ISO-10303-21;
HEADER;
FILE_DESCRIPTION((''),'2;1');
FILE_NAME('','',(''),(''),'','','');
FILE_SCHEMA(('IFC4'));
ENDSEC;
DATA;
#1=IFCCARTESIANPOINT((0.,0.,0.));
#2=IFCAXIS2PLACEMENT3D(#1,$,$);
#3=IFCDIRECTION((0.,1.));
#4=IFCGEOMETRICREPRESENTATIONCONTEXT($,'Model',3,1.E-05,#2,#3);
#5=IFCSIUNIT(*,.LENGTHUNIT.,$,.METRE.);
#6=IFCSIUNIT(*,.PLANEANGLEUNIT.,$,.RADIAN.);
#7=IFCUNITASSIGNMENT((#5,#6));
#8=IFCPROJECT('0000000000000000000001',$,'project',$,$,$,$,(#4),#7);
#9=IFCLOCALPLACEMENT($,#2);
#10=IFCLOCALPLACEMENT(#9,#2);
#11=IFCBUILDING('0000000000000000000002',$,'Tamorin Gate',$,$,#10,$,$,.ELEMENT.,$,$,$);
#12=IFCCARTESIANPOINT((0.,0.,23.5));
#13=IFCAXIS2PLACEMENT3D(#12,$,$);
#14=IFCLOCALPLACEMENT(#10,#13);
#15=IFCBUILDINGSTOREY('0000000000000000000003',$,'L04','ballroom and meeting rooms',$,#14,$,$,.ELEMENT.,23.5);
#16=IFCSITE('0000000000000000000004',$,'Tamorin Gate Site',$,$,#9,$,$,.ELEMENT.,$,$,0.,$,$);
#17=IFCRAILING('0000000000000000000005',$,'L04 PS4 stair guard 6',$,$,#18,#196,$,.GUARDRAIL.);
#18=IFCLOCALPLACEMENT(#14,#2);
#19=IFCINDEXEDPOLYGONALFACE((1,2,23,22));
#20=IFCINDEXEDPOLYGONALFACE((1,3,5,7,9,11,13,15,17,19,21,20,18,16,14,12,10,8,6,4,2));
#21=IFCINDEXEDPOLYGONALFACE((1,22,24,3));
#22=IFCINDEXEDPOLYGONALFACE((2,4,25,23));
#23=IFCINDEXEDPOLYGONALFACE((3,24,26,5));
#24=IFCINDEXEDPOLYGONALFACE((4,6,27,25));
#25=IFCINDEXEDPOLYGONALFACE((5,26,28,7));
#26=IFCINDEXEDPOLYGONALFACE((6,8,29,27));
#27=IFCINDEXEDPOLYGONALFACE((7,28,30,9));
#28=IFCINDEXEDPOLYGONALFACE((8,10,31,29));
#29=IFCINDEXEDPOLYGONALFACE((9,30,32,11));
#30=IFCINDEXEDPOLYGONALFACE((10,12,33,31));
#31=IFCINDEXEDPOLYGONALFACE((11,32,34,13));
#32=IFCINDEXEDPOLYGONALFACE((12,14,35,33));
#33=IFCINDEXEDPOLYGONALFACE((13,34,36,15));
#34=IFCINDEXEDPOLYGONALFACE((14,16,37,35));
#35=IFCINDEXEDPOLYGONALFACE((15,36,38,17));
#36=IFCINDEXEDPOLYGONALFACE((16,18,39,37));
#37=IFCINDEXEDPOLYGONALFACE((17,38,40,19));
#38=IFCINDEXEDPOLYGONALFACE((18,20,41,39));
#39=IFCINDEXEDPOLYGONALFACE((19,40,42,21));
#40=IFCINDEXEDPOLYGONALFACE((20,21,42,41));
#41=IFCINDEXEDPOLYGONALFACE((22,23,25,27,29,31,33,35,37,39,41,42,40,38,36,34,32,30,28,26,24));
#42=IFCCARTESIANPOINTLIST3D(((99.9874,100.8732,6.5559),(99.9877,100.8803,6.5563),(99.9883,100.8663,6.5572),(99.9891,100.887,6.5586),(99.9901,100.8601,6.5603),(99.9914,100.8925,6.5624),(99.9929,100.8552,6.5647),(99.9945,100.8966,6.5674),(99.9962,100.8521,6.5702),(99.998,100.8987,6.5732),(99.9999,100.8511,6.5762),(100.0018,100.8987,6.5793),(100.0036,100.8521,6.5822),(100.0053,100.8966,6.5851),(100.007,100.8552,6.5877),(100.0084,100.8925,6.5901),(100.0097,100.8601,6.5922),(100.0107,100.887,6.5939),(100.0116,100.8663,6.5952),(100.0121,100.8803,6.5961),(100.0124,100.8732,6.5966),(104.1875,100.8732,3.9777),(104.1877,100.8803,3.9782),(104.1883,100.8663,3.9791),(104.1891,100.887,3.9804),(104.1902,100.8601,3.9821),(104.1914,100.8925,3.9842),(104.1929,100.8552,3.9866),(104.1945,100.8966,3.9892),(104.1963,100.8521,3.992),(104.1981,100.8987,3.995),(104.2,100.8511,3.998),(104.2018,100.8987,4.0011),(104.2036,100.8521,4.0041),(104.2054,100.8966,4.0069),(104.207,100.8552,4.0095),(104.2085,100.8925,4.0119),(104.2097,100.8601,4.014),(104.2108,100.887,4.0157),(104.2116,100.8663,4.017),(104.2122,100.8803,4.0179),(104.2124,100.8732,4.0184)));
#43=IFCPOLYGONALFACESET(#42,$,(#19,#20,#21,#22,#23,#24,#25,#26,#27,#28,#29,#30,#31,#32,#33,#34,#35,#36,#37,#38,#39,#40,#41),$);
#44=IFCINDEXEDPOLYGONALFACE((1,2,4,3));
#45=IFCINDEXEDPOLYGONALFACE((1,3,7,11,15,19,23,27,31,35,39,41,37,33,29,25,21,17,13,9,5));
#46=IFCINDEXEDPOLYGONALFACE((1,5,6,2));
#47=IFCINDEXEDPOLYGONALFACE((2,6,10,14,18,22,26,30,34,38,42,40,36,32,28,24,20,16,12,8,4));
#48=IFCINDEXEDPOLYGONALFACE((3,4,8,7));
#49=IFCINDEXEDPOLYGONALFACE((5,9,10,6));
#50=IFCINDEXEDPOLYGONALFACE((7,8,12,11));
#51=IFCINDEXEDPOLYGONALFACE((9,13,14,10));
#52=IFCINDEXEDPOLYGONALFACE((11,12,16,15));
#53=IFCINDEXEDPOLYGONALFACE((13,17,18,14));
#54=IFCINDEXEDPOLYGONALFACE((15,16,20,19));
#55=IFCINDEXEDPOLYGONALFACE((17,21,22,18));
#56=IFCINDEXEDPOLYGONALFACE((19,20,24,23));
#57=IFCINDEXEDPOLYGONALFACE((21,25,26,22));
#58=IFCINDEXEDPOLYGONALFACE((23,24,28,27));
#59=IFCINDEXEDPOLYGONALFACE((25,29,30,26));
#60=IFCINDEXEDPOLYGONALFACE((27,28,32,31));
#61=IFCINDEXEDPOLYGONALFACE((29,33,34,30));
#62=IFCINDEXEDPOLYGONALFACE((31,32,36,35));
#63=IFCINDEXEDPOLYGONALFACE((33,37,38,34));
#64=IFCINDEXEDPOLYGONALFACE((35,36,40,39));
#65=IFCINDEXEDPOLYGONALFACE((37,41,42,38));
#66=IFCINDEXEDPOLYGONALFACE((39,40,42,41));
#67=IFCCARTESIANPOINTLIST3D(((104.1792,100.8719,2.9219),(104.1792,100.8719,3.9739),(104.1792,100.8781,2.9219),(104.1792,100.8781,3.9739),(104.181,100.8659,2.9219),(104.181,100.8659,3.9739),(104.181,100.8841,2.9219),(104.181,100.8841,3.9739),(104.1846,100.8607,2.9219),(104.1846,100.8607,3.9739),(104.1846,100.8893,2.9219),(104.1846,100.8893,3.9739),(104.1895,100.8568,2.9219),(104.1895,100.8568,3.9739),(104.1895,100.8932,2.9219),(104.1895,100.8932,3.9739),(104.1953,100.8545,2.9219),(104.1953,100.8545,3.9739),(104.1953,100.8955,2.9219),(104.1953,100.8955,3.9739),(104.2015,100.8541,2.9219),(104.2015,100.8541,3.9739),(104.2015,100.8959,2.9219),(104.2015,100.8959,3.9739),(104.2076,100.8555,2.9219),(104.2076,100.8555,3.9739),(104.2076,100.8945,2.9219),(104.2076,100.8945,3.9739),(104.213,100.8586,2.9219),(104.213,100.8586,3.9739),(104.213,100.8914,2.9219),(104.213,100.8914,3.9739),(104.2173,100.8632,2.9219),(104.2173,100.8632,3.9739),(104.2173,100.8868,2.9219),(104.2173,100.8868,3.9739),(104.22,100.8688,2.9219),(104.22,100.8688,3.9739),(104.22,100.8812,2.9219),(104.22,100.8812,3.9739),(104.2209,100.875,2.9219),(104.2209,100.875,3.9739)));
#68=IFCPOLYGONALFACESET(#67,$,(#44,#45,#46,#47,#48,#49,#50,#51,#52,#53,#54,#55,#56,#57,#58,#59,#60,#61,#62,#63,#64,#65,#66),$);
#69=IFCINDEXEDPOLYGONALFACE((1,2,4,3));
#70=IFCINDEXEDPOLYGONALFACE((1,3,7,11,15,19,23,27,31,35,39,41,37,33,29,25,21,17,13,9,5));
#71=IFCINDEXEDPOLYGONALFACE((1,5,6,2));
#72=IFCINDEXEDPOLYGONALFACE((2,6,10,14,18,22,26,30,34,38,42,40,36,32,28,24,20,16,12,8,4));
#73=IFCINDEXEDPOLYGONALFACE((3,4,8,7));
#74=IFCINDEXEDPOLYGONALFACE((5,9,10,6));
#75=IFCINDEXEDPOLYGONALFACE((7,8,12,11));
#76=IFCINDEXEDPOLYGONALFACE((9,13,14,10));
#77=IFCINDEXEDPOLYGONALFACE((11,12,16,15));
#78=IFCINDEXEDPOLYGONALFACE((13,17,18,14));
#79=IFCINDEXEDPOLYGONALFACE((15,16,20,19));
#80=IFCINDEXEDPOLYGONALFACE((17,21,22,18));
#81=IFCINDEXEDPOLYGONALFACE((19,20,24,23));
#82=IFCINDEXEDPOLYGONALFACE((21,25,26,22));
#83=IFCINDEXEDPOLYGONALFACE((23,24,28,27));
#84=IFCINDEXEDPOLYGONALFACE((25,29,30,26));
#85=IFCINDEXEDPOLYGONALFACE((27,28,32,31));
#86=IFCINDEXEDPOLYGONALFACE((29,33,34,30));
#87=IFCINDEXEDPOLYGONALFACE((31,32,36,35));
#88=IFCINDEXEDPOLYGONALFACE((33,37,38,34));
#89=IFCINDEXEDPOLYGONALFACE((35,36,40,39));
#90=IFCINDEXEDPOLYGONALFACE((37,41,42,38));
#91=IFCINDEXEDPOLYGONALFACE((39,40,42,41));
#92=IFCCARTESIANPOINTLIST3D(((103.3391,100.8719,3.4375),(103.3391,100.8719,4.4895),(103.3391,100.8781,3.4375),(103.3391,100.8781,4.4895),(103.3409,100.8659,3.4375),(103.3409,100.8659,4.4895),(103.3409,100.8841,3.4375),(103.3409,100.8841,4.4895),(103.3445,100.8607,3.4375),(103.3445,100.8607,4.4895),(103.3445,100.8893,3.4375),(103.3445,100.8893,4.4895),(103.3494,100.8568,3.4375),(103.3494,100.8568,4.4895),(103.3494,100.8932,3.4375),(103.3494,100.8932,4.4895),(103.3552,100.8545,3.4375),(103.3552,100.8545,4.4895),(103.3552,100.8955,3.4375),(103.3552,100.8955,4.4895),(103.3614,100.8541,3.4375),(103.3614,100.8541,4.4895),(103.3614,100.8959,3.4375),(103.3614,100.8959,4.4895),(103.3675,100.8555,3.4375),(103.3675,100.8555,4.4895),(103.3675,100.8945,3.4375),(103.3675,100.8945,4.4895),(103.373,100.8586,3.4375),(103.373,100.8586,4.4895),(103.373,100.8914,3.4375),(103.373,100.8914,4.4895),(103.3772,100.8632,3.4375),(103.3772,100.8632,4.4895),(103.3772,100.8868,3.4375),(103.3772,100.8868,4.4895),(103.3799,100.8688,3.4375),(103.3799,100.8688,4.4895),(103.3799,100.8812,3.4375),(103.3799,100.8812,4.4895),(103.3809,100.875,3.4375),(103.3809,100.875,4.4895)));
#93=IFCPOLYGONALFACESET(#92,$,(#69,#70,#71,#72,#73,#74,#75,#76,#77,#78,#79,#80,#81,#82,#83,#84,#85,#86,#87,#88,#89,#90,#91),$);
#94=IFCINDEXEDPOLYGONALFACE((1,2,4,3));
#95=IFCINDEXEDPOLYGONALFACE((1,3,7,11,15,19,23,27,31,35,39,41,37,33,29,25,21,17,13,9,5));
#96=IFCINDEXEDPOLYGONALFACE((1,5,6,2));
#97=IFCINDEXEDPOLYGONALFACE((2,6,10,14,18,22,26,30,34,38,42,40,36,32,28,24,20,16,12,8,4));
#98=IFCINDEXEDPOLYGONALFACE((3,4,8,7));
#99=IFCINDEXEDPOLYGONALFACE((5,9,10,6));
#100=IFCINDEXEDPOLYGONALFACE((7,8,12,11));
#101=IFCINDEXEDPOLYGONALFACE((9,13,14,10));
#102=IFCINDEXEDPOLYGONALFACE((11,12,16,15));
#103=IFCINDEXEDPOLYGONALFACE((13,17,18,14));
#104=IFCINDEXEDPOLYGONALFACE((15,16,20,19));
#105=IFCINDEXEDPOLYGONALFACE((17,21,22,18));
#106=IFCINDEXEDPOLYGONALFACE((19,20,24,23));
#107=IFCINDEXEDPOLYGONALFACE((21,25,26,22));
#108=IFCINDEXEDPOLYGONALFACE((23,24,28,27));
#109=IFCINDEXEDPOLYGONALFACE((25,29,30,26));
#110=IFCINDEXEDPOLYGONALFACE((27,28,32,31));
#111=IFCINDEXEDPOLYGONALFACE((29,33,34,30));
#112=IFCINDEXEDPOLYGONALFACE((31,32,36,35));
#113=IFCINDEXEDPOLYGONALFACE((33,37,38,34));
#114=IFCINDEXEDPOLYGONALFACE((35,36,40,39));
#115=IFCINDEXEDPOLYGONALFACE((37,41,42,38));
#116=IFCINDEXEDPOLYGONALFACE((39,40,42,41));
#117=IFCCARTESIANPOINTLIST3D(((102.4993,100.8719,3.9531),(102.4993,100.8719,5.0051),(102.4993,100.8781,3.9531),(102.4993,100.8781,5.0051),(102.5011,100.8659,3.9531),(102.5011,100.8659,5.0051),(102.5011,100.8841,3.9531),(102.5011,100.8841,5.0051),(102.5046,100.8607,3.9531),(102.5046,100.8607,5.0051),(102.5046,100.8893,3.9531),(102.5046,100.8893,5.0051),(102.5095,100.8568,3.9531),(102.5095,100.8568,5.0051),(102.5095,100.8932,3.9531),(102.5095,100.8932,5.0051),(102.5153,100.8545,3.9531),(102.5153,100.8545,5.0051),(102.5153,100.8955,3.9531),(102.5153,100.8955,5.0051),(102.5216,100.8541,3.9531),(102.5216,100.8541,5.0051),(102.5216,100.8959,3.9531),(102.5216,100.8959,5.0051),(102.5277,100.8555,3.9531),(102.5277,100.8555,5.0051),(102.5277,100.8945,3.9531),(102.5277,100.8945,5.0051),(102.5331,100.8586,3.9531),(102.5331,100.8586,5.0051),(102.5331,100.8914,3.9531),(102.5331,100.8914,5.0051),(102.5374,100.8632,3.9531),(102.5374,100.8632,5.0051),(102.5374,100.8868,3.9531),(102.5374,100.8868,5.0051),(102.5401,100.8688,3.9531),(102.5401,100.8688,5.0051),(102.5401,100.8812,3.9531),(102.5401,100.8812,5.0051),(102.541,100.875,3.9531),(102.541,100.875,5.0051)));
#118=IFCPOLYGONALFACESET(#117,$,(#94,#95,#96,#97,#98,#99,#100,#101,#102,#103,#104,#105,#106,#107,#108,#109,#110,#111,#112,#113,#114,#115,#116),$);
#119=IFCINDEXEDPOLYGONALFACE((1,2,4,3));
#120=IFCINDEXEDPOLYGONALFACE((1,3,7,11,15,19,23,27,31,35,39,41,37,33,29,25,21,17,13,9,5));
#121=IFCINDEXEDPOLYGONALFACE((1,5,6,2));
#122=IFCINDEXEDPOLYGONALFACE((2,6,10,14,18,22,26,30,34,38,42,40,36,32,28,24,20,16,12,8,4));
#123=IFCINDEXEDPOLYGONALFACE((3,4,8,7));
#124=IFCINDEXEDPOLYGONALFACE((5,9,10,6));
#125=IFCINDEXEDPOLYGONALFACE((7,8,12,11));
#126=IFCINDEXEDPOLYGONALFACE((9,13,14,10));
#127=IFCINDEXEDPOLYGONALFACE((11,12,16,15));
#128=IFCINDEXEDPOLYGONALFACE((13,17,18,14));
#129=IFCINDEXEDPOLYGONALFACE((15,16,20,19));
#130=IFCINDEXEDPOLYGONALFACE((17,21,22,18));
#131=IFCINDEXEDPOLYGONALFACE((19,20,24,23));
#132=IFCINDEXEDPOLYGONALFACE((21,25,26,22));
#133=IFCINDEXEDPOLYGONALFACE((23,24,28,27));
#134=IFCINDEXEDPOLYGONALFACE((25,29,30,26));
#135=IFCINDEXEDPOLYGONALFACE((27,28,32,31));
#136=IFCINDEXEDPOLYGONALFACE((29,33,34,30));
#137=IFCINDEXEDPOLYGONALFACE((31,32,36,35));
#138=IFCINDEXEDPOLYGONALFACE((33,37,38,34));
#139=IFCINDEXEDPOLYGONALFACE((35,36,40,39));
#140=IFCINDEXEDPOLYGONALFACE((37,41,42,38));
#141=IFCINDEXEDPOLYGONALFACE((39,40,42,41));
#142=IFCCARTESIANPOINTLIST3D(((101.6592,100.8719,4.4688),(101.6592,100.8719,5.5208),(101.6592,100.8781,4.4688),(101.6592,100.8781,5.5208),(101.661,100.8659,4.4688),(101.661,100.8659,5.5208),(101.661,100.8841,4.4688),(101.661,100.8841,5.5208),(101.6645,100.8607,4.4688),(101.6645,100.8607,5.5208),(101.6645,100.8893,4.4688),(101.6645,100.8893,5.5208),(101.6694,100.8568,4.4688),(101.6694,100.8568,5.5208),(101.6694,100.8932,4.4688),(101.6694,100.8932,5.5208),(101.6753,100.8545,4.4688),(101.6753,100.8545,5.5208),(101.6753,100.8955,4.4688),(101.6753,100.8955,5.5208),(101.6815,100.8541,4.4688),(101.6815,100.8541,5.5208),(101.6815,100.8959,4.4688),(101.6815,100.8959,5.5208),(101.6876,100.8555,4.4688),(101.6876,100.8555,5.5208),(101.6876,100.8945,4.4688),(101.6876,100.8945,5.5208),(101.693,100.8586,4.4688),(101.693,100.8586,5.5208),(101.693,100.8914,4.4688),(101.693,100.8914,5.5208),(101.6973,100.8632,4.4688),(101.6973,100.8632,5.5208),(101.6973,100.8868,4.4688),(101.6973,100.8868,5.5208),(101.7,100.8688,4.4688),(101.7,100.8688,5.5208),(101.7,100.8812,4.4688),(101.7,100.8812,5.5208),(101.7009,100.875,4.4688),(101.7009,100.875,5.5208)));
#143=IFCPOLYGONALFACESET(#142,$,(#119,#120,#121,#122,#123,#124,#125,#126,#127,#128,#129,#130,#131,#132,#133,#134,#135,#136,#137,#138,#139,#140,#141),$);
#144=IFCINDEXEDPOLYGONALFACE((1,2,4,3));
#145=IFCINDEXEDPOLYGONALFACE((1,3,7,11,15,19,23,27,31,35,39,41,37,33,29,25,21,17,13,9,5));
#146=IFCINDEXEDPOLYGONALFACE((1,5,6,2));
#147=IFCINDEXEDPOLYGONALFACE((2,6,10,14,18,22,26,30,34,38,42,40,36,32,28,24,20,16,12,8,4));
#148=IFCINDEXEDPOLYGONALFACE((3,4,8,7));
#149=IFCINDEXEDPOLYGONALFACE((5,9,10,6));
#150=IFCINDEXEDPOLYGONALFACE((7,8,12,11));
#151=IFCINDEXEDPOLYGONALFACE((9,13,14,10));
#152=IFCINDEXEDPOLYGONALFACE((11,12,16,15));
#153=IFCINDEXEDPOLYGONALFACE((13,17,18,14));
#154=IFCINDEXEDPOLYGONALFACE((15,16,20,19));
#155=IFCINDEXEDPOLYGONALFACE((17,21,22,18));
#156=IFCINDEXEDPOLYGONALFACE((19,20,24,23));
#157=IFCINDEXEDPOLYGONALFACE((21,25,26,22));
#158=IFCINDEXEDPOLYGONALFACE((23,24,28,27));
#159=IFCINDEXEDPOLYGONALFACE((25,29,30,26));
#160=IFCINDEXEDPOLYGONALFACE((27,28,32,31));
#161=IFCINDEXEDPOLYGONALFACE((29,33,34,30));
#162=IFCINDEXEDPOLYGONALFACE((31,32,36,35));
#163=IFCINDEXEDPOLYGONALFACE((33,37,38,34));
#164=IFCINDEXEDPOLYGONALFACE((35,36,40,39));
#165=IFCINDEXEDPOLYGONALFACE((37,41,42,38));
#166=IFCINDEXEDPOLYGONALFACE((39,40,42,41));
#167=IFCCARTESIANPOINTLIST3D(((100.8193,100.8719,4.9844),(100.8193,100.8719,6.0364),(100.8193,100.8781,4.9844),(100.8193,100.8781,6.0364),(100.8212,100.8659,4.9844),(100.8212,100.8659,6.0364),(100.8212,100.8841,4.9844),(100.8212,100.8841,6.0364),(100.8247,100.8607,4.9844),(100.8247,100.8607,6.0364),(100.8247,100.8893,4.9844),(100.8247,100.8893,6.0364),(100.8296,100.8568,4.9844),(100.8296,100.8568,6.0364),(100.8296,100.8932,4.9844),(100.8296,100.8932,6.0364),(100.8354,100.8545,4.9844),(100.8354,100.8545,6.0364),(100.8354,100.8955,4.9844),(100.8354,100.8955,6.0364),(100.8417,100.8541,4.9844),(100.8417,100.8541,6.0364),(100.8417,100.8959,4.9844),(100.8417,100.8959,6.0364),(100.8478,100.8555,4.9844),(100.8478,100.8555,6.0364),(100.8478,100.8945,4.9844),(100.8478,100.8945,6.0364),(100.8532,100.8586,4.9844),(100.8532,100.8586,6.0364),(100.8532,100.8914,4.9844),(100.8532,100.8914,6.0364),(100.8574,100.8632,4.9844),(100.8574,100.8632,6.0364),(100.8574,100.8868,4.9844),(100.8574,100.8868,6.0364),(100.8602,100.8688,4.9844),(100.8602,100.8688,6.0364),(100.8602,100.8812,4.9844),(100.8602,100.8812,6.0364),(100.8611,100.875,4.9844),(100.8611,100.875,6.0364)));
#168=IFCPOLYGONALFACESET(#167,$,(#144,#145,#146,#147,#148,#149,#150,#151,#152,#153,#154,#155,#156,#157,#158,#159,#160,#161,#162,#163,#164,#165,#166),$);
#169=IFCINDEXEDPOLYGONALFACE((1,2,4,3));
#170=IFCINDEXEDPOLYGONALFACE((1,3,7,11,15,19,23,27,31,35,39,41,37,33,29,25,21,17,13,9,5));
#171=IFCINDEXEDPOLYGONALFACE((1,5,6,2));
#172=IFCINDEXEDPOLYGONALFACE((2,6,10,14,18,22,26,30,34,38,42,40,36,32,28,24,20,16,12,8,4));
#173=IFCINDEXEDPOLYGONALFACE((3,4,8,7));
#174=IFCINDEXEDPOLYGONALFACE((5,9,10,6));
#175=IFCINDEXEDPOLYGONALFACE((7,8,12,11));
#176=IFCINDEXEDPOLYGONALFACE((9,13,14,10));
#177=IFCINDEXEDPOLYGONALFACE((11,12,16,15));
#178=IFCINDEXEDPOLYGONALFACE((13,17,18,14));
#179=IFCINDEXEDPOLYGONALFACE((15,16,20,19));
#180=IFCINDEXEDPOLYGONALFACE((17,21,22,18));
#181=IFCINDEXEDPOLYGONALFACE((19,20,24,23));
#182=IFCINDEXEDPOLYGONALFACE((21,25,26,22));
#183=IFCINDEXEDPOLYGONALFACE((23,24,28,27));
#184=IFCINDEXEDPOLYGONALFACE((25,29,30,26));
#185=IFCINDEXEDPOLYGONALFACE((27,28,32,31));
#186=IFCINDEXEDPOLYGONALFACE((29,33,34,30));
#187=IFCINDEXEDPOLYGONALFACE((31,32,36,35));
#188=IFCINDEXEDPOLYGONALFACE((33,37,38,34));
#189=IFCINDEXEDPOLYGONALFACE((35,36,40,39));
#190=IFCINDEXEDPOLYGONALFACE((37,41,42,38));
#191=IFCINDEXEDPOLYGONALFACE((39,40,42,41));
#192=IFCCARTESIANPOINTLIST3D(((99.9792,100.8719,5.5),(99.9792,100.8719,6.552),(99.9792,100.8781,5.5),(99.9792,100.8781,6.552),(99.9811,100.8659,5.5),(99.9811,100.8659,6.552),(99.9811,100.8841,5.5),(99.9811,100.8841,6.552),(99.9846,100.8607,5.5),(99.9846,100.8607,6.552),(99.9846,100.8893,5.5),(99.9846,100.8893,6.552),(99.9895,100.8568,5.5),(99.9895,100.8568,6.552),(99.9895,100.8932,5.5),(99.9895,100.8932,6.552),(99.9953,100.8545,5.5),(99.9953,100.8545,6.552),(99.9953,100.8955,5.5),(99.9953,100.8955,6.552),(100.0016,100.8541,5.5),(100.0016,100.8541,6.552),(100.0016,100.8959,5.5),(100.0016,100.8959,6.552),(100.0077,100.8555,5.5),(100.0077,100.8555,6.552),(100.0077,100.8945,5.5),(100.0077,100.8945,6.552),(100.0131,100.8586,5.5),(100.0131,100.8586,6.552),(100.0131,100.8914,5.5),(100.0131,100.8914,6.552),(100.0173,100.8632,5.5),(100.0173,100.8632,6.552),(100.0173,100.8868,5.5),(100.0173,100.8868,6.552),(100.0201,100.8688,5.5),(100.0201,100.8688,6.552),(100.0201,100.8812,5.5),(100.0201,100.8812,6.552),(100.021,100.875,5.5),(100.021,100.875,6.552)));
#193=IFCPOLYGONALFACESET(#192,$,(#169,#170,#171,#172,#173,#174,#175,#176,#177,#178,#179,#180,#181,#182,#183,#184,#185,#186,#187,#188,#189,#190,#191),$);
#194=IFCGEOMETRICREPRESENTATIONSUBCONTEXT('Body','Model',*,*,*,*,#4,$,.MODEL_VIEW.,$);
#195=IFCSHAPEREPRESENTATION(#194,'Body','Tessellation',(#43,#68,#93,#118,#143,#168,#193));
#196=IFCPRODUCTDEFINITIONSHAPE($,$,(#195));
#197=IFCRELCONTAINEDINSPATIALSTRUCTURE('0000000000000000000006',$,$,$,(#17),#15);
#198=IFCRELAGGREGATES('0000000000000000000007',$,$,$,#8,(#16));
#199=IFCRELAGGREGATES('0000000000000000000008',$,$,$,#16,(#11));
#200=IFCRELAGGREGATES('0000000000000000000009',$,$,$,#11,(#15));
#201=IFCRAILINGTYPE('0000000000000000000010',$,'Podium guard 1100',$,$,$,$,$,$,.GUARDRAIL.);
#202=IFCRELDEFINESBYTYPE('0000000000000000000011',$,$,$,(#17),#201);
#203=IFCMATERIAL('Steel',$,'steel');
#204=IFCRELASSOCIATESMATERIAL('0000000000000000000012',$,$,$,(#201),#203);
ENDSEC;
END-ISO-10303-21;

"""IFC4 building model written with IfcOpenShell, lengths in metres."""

from ifc_helpers import new_model, si_unit, direction, frame, origin, origin_2d, place, context, subcontext, project, spatial, circle, extrude, material, type_object, element, save


model = new_model("IFC4")

# Units and contexts
model_context = context("Model", 3, precision=1e-05, world=origin(), true_north=direction((0.0, 1.0)))
body_context = subcontext(model_context, "Body", "Model", "MODEL_VIEW")
ifc_project = project(units=[si_unit("LENGTHUNIT", "METRE"), si_unit("PLANEANGLEUNIT", "RADIAN")], contexts=[model_context])

# Site, building, storey
site_placement = place(None, origin())
site = spatial("IfcSite", under=ifc_project, at=site_placement, Name="Tamorin Gate Site", CompositionType="ELEMENT", RefElevation=0.0)
building_placement = place(site_placement, origin())
building = spatial("IfcBuilding", under=site, at=building_placement, Name="Tamorin Gate", CompositionType="ELEMENT")
storey_placement = place(building_placement, frame((0.0, 0.0, 23.5)))
storey = spatial("IfcBuildingStorey", under=building, at=storey_placement, Name="L04", Description="ballroom and meeting rooms", CompositionType="ELEMENT", Elevation=23.5)

# Railing
ifc_material_1 = material(Name="Steel", Category="steel")
railing_type_1 = type_object("IfcRailingType", Name="Podium guard 1100", PredefinedType="GUARDRAIL", material=ifc_material_1)
railing_1_placement = place(storey_placement, frame((104.2, 100.875, 2.9219)))
element("IfcRailing", 1, at=railing_1_placement, inside=storey, type_object=railing_type_1, Name="L04 PS4 stair guard 6", PredefinedType="GUARDRAIL", context=body_context, shape_type="SweptSolid", body=[
    extrude(circle(Radius=0.0239, at=origin_2d()), frame((0.0, 0.0, 1.0762), z_axis=(-0.852243, 0.0, 0.523146), x_axis=(0.0, -1.0, 0.0)), (0.0, 0.0, 1.0), 4.9282),
    extrude(circle(Radius=0.021, at=origin_2d()), origin(), (0.0, 0.0, 1.0), 1.052),
    extrude(circle(Radius=0.021, at=origin_2d()), frame((-0.8401, 0.0, 0.5156)), (0.0, 0.0, 1.0), 1.052),
    extrude(circle(Radius=0.021, at=origin_2d()), frame((-1.6799, 0.0, 1.0312)), (0.0, 0.0, 1.0), 1.052),
    extrude(circle(Radius=0.021, at=origin_2d()), frame((-2.52, 0.0, 1.5469)), (0.0, 0.0, 1.0), 1.052),
    extrude(circle(Radius=0.021, at=origin_2d()), frame((-3.3599, 0.0, 2.0625)), (0.0, 0.0, 1.0), 1.052),
    extrude(circle(Radius=0.021, at=origin_2d()), frame((-4.2, 0.0, 2.5781)), (0.0, 0.0, 1.0), 1.052),
])

save(model, "model.ifc")
